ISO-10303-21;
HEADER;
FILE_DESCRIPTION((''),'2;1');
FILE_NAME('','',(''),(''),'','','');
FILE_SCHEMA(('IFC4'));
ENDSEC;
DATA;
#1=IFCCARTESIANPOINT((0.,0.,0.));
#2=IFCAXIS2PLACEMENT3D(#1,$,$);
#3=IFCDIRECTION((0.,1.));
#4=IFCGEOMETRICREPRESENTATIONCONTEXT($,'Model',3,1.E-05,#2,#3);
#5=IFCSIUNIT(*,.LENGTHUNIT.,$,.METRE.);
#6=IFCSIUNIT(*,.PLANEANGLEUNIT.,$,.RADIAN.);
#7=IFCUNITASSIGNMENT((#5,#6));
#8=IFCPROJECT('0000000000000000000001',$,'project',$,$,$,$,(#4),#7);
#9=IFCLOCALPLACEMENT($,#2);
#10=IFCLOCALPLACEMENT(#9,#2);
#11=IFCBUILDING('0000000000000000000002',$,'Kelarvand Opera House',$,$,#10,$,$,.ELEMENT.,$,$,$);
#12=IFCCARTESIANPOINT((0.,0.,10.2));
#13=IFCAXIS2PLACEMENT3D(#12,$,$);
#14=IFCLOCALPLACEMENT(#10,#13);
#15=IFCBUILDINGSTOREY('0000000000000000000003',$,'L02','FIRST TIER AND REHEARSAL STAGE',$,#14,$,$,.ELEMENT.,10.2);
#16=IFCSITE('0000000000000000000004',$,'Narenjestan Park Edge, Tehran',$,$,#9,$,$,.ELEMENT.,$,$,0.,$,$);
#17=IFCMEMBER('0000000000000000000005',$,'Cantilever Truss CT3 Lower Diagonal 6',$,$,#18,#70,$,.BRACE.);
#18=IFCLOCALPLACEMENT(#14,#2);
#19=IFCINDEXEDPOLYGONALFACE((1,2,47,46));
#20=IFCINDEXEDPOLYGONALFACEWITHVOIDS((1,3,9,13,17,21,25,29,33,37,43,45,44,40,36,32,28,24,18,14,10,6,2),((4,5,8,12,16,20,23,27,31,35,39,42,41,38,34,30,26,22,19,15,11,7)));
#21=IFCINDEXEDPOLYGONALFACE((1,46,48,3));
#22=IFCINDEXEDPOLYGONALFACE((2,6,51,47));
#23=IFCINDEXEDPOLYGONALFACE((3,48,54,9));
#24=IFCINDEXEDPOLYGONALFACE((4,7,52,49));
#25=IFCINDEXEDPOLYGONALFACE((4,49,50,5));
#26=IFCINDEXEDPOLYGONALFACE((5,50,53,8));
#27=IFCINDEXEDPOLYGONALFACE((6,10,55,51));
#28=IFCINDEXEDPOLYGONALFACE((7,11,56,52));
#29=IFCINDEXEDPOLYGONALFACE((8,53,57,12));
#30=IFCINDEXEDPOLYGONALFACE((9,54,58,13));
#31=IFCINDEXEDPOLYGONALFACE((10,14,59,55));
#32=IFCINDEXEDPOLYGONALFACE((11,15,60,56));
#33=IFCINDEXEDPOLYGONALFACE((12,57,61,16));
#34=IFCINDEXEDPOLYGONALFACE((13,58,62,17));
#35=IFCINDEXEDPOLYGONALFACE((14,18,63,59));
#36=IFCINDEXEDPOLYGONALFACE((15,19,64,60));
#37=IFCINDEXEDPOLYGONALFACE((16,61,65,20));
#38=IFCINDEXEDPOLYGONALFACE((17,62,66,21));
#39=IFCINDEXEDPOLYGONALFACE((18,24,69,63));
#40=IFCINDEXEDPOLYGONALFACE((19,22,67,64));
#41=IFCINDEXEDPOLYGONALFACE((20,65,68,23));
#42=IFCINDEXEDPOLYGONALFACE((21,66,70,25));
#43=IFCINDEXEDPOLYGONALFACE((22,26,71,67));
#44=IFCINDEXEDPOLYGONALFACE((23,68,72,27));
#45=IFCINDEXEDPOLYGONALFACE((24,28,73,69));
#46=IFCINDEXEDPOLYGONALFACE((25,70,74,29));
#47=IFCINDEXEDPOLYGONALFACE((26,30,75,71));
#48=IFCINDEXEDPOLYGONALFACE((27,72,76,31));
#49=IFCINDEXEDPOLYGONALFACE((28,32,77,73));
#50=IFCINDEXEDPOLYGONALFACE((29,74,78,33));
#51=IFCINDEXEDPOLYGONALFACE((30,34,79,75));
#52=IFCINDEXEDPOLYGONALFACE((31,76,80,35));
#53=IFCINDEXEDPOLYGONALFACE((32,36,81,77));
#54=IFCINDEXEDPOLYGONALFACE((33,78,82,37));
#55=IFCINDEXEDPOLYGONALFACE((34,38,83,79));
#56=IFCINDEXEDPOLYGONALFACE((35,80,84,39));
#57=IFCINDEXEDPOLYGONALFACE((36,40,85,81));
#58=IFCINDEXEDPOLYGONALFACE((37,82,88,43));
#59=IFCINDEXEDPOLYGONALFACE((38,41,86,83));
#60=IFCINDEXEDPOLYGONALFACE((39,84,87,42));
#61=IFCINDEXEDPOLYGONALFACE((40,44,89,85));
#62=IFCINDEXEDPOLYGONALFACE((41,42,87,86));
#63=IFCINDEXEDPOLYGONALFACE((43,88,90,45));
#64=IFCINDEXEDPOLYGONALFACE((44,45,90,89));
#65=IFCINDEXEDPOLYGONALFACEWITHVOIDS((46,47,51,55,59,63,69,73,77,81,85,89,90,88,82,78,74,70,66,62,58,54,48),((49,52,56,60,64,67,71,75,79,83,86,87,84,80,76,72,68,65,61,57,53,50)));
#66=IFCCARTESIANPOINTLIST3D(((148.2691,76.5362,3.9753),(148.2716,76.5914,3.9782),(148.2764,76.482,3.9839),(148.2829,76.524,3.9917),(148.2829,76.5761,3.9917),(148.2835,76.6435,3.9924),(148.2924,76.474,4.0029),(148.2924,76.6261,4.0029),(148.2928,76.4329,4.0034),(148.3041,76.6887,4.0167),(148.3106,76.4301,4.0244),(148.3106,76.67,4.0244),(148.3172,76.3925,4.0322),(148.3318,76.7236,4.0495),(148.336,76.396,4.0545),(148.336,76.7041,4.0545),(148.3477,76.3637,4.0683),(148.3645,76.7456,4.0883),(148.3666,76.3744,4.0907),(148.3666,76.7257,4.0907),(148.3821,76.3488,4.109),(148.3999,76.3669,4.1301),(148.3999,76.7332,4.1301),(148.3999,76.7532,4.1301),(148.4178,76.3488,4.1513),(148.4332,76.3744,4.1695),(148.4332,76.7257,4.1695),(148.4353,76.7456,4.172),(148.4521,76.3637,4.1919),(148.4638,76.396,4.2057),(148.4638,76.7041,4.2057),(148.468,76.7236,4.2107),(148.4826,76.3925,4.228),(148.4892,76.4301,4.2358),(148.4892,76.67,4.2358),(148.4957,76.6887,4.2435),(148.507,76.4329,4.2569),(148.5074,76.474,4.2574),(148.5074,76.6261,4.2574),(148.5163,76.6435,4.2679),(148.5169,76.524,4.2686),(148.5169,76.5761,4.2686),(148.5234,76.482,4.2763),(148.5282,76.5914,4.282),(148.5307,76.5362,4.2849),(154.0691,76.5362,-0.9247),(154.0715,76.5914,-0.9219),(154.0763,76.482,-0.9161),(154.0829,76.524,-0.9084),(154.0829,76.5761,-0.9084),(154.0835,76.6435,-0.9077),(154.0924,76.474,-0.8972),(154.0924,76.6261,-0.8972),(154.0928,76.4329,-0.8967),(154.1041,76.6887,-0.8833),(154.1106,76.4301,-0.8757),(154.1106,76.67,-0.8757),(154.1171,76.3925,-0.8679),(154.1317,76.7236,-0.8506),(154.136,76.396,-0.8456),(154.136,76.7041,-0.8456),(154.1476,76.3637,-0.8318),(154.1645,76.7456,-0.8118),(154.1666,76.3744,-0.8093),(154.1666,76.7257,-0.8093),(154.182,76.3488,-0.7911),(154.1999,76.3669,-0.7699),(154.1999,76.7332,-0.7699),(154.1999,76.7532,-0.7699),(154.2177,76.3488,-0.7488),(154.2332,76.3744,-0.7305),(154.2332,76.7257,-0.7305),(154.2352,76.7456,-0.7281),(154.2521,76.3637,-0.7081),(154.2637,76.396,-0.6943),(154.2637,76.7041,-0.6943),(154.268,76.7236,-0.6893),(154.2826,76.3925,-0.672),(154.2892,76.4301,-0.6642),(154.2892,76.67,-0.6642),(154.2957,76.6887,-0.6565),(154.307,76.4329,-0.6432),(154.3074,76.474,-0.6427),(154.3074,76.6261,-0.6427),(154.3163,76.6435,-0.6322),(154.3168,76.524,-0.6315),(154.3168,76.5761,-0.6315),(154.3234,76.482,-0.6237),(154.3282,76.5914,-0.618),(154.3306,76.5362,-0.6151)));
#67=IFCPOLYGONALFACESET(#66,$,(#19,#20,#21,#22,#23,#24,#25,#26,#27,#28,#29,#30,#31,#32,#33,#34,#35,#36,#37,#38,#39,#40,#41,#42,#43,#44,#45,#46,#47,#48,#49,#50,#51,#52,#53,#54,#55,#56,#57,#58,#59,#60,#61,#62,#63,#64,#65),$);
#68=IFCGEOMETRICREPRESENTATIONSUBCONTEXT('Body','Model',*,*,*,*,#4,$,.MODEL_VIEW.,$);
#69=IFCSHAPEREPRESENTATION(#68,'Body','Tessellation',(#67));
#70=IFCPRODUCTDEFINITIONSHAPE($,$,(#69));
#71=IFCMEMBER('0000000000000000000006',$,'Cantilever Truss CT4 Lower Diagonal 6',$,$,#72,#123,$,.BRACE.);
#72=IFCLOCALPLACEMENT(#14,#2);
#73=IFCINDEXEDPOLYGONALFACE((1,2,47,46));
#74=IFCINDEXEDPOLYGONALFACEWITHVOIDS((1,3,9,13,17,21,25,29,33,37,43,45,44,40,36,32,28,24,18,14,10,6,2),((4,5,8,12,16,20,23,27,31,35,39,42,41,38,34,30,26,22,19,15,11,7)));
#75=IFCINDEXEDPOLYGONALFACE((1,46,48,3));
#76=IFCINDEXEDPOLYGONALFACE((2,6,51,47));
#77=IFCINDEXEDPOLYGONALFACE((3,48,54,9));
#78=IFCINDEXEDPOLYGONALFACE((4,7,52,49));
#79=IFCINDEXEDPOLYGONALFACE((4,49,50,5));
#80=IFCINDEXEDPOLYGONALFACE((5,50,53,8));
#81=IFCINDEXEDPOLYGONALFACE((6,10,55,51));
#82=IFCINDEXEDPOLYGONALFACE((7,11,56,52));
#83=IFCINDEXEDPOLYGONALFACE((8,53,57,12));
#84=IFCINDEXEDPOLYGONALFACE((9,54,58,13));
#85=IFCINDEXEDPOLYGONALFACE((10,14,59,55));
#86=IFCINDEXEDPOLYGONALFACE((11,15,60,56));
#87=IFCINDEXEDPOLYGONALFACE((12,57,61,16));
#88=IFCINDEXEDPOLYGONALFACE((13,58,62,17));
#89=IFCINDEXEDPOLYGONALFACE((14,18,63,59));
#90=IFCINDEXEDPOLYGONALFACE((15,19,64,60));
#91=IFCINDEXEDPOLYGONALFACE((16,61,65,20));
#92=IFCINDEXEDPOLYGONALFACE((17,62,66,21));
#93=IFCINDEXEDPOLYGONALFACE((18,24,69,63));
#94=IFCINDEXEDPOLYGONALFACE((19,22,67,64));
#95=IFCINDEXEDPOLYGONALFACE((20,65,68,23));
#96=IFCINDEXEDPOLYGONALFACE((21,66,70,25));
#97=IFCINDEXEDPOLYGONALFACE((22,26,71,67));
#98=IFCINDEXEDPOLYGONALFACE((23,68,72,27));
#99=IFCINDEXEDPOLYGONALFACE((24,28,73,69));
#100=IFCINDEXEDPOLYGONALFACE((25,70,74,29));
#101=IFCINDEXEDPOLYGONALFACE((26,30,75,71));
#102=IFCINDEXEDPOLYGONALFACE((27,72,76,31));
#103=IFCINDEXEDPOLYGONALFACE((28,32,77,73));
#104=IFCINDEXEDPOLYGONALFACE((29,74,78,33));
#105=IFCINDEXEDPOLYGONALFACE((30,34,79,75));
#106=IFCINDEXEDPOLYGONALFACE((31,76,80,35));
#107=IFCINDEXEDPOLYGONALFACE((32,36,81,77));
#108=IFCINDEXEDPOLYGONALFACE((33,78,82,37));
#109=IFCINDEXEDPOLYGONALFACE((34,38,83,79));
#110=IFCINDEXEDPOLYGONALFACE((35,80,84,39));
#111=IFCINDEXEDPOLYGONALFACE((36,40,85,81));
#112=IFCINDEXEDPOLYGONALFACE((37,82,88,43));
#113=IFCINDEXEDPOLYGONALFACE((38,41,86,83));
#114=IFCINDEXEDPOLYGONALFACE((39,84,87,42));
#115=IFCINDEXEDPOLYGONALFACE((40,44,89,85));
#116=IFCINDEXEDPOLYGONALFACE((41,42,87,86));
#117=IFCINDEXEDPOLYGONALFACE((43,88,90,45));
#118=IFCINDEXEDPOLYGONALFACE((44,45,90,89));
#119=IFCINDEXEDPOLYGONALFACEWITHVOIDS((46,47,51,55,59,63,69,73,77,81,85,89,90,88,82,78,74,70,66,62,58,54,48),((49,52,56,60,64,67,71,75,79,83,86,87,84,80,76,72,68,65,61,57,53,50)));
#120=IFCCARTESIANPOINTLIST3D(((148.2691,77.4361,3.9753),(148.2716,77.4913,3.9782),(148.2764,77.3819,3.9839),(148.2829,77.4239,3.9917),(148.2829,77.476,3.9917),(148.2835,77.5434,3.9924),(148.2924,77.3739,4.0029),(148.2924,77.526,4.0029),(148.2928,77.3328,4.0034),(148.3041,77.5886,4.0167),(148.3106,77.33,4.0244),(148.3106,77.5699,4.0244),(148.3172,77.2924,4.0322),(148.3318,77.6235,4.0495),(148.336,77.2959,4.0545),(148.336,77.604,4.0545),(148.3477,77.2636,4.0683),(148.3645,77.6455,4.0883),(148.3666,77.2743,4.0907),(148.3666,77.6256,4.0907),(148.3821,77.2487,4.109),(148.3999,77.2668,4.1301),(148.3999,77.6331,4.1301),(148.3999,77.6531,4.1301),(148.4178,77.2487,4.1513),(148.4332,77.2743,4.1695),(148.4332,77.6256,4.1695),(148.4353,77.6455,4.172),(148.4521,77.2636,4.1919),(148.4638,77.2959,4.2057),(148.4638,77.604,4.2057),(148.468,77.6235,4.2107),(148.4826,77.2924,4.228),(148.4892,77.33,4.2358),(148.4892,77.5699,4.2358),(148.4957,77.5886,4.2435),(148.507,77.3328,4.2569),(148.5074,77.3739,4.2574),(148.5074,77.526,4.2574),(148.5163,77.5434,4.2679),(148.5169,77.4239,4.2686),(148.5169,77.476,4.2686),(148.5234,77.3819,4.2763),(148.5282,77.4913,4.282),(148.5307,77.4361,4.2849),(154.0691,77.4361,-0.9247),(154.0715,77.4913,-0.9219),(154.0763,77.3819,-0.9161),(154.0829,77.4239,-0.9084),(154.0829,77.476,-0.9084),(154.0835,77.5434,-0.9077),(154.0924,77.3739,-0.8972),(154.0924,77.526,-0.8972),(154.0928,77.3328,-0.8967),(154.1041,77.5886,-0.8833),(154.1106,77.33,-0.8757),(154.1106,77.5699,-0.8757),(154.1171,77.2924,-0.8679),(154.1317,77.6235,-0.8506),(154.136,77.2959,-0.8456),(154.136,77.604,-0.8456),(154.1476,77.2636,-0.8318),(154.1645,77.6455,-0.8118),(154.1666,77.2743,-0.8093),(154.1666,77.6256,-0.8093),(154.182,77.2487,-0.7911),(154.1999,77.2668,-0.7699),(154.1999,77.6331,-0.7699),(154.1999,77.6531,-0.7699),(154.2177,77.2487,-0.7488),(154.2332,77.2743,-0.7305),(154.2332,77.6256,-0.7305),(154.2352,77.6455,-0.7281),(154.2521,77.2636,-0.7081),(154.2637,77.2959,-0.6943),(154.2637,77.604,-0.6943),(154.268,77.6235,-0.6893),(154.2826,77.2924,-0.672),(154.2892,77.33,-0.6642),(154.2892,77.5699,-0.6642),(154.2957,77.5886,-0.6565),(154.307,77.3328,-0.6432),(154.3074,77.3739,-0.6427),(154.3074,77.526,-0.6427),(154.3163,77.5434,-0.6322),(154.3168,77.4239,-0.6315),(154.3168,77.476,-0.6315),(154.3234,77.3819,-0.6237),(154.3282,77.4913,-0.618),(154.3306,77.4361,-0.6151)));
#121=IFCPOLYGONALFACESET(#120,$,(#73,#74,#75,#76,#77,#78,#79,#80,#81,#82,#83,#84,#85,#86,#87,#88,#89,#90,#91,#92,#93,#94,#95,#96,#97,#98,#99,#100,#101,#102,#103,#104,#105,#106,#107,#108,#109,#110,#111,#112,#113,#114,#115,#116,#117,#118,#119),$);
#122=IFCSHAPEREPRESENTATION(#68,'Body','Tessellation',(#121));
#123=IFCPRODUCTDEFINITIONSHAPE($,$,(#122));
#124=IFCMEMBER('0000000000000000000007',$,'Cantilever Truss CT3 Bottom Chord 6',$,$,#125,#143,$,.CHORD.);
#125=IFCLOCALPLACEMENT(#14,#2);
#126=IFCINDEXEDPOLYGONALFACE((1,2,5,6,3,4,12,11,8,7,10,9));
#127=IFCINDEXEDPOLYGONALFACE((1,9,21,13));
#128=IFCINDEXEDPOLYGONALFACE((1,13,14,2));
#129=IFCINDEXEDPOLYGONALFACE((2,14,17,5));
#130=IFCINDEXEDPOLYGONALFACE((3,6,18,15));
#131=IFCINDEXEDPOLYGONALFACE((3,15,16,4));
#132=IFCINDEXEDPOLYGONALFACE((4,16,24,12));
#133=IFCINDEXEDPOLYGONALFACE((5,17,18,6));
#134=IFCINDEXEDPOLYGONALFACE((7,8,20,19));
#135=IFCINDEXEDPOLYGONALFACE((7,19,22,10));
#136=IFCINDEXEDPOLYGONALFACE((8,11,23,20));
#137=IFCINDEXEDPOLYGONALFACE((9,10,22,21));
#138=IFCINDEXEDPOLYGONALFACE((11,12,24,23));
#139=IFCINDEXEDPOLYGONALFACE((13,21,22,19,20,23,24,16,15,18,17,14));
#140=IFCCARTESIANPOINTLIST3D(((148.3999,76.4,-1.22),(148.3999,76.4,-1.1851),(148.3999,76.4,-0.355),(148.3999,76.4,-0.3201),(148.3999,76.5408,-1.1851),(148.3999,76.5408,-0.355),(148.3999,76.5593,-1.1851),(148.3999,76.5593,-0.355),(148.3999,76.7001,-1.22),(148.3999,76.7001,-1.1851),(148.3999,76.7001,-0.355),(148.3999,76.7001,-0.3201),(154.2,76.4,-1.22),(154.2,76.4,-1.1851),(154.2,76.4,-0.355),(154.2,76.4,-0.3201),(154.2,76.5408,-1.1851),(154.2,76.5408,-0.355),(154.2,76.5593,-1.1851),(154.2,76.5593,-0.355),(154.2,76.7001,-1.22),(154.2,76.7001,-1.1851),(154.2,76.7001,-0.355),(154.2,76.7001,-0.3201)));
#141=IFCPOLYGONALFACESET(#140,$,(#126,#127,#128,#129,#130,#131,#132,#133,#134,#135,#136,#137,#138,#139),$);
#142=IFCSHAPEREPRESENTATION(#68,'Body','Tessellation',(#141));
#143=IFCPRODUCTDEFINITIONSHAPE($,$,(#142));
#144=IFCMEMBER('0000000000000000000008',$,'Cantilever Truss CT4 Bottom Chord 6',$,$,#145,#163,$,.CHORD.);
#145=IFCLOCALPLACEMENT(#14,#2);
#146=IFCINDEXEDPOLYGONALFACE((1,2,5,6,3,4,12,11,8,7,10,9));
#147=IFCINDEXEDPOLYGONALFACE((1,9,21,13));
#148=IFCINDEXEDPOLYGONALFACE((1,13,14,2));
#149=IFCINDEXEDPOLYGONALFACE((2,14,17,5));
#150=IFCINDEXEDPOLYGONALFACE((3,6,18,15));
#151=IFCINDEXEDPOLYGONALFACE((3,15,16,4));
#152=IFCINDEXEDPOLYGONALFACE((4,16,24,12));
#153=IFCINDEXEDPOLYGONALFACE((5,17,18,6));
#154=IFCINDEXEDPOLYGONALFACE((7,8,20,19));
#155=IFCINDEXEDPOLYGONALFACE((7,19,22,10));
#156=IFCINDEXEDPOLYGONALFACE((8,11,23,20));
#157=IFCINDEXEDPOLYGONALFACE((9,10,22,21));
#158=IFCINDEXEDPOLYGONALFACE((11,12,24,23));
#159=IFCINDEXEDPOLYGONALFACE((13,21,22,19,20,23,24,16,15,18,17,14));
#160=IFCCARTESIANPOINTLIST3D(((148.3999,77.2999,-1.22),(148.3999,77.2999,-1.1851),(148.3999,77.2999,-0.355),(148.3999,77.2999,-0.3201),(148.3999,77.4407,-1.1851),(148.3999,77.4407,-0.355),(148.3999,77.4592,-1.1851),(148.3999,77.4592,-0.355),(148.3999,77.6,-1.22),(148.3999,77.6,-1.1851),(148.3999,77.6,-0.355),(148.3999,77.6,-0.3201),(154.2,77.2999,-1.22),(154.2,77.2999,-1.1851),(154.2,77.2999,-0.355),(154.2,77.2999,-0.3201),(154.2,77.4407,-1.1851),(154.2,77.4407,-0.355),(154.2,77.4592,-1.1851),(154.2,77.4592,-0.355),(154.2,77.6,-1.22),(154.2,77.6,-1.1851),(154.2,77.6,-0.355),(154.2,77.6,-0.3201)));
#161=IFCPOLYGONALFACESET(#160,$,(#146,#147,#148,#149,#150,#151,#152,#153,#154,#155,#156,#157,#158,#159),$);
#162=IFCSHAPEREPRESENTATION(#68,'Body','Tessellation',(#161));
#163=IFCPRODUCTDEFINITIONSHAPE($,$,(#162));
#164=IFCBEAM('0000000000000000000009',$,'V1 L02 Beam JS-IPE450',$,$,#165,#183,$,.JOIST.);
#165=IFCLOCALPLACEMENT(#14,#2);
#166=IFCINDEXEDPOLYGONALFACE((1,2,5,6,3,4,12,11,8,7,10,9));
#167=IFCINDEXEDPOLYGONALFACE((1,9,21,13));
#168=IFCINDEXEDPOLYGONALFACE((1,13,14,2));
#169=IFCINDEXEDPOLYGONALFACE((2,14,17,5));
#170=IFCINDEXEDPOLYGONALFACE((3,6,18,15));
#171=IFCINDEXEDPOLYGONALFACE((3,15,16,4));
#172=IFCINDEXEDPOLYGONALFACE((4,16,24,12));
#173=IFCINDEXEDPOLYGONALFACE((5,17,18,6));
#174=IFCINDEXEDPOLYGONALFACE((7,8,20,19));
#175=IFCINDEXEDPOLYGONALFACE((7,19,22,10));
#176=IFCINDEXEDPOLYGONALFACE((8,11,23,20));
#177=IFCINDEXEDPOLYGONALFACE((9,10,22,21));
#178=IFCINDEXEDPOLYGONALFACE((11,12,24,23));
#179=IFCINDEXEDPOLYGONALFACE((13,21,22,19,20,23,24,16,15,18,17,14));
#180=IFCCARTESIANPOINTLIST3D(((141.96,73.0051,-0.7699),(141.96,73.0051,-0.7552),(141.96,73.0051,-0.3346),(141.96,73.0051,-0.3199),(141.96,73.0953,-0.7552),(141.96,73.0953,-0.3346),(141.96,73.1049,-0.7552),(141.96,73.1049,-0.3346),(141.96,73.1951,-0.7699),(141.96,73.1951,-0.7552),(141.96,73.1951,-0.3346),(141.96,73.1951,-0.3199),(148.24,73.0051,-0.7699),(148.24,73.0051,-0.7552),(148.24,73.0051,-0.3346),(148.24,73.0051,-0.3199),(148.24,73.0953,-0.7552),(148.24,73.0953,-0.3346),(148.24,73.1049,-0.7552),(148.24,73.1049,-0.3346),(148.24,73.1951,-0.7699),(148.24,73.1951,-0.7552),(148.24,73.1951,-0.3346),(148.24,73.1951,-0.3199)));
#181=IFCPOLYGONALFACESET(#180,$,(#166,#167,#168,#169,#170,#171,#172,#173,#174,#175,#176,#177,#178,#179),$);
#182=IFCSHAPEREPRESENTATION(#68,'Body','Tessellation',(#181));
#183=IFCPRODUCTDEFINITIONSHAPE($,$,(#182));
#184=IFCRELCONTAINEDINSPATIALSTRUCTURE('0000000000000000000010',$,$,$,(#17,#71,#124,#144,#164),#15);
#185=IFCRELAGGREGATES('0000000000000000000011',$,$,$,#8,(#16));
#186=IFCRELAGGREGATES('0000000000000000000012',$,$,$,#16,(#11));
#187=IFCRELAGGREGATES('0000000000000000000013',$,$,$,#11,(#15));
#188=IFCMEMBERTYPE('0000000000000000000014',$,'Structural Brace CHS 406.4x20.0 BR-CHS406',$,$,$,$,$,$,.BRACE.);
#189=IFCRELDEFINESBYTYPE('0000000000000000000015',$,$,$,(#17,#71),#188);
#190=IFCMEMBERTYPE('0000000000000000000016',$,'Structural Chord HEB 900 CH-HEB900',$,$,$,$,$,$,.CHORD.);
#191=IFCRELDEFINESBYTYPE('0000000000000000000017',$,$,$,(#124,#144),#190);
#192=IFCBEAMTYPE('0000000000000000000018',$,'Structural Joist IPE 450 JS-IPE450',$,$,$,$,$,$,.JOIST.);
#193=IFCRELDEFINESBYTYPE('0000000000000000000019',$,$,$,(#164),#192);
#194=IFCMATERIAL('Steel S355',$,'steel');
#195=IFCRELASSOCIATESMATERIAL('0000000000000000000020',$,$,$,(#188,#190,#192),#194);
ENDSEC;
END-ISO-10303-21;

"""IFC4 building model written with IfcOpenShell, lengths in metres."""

from ifc_helpers import new_model, si_unit, direction, frame, origin, origin_2d, place, context, subcontext, project, spatial, hollow_circle, i_section, extrude, material, material_profile, profile_set, type_object, element, save


model = new_model("IFC4")

# Units and contexts
model_context = context("Model", 3, precision=1e-05, world=origin(), true_north=direction((0.0, 1.0)))
body_context = subcontext(model_context, "Body", "Model", "MODEL_VIEW")
ifc_project = project(units=[si_unit("LENGTHUNIT", "METRE"), si_unit("PLANEANGLEUNIT", "RADIAN")], contexts=[model_context])

# Site, building, storey
site_placement = place(None, origin())
site = spatial("IfcSite", under=ifc_project, at=site_placement, Name="Narenjestan Park Edge, Tehran", CompositionType="ELEMENT", RefElevation=0.0)
building_placement = place(site_placement, origin())
building = spatial("IfcBuilding", under=site, at=building_placement, Name="Kelarvand Opera House", CompositionType="ELEMENT")
storey_placement = place(building_placement, frame((0.0, 0.0, 10.2)))
storey = spatial("IfcBuildingStorey", under=building, at=storey_placement, Name="L02", Description="FIRST TIER AND REHEARSAL STAGE", CompositionType="ELEMENT", Elevation=10.2)

# Members
ifc_material_1 = material(Name="Steel S355", Category="steel")
ifc_material_profile_1 = material_profile(ifc_material_1, hollow_circle(Radius=0.2031, WallThickness=0.02, at=origin_2d()), Name="CHS 406.4x20.0", Category="steel")
ifc_profile_set_1 = profile_set([ifc_material_profile_1], Name="Steel S355")
member_type_1 = type_object("IfcMemberType", Name="Structural Brace CHS 406.4x20.0 BR-CHS406", PredefinedType="BRACE", material=ifc_profile_set_1)
for number, where, z_axis, x_axis, name in (
    (1, (148.3999, 76.55, 4.1301), (0.763879, 0.0, -0.64536), (0.0, 1.0, 0.0), "Cantilever Truss CT3 Lower Diagonal 6"),
    (2, (148.3999, 77.45, 4.1301), (0.763879, 0.0, -0.64536), (0.0, 1.0, 0.0), "Cantilever Truss CT4 Lower Diagonal 6"),
):
    element("IfcMember", number, at=place(storey_placement, frame(where, z_axis=z_axis, x_axis=x_axis)), inside=storey, type_object=member_type_1, Name=name, PredefinedType="BRACE", context=body_context, shape_type="SweptSolid", body=[
        extrude(hollow_circle(Radius=0.2031, WallThickness=0.02, at=origin_2d()), origin(), (0.0, 0.0, 1.0), 7.5928),
    ])
ifc_material_profile_2 = material_profile(ifc_material_1, i_section(OverallWidth=0.3, OverallDepth=0.8999, WebThickness=0.0186, FlangeThickness=0.0349, at=origin_2d()), Name="HEB 900", Category="steel")
ifc_profile_set_2 = profile_set([ifc_material_profile_2], Name="Steel S355")
member_type_2 = type_object("IfcMemberType", Name="Structural Chord HEB 900 CH-HEB900", PredefinedType="CHORD", material=ifc_profile_set_2)
for number, where, z_axis, x_axis, name in (
    (3, (148.3999, 76.55, -0.77), (1.0, 0.0, 0.0), (0.0, 1.0, 0.0), "Cantilever Truss CT3 Bottom Chord 6"),
    (4, (148.3999, 77.45, -0.77), (1.0, 0.0, 0.0), (0.0, 1.0, 0.0), "Cantilever Truss CT4 Bottom Chord 6"),
):
    element("IfcMember", number, at=place(storey_placement, frame(where, z_axis=z_axis, x_axis=x_axis)), inside=storey, type_object=member_type_2, Name=name, PredefinedType="CHORD", context=body_context, shape_type="SweptSolid", body=[
        extrude(i_section(OverallWidth=0.3, OverallDepth=0.8999, WebThickness=0.0186, FlangeThickness=0.0349, at=origin_2d()), origin(), (0.0, 0.0, 1.0), 5.8),
    ])

# Beam
ifc_material_profile_3 = material_profile(ifc_material_1, i_section(OverallWidth=0.1899, OverallDepth=0.45, WebThickness=0.0095, FlangeThickness=0.0146, at=origin_2d()), Name="IPE 450", Category="steel")
ifc_profile_set_3 = profile_set([ifc_material_profile_3], Name="Steel S355")
beam_type = type_object("IfcBeamType", Name="Structural Joist IPE 450 JS-IPE450", PredefinedType="JOIST", material=ifc_profile_set_3)
beam_placement = place(storey_placement, frame((141.96, 73.1001, -0.5449), z_axis=(1.0, 0.0, 0.0), x_axis=(0.0, 1.0, 0.0)))
element("IfcBeam", 5, at=beam_placement, inside=storey, type_object=beam_type, Name="V1 L02 Beam JS-IPE450", PredefinedType="JOIST", context=body_context, shape_type="SweptSolid", body=[
    extrude(i_section(OverallWidth=0.1899, OverallDepth=0.45, WebThickness=0.0095, FlangeThickness=0.0146, at=origin_2d()), origin(), (0.0, 0.0, 1.0), 6.28),
])

save(model, "model.ifc")
